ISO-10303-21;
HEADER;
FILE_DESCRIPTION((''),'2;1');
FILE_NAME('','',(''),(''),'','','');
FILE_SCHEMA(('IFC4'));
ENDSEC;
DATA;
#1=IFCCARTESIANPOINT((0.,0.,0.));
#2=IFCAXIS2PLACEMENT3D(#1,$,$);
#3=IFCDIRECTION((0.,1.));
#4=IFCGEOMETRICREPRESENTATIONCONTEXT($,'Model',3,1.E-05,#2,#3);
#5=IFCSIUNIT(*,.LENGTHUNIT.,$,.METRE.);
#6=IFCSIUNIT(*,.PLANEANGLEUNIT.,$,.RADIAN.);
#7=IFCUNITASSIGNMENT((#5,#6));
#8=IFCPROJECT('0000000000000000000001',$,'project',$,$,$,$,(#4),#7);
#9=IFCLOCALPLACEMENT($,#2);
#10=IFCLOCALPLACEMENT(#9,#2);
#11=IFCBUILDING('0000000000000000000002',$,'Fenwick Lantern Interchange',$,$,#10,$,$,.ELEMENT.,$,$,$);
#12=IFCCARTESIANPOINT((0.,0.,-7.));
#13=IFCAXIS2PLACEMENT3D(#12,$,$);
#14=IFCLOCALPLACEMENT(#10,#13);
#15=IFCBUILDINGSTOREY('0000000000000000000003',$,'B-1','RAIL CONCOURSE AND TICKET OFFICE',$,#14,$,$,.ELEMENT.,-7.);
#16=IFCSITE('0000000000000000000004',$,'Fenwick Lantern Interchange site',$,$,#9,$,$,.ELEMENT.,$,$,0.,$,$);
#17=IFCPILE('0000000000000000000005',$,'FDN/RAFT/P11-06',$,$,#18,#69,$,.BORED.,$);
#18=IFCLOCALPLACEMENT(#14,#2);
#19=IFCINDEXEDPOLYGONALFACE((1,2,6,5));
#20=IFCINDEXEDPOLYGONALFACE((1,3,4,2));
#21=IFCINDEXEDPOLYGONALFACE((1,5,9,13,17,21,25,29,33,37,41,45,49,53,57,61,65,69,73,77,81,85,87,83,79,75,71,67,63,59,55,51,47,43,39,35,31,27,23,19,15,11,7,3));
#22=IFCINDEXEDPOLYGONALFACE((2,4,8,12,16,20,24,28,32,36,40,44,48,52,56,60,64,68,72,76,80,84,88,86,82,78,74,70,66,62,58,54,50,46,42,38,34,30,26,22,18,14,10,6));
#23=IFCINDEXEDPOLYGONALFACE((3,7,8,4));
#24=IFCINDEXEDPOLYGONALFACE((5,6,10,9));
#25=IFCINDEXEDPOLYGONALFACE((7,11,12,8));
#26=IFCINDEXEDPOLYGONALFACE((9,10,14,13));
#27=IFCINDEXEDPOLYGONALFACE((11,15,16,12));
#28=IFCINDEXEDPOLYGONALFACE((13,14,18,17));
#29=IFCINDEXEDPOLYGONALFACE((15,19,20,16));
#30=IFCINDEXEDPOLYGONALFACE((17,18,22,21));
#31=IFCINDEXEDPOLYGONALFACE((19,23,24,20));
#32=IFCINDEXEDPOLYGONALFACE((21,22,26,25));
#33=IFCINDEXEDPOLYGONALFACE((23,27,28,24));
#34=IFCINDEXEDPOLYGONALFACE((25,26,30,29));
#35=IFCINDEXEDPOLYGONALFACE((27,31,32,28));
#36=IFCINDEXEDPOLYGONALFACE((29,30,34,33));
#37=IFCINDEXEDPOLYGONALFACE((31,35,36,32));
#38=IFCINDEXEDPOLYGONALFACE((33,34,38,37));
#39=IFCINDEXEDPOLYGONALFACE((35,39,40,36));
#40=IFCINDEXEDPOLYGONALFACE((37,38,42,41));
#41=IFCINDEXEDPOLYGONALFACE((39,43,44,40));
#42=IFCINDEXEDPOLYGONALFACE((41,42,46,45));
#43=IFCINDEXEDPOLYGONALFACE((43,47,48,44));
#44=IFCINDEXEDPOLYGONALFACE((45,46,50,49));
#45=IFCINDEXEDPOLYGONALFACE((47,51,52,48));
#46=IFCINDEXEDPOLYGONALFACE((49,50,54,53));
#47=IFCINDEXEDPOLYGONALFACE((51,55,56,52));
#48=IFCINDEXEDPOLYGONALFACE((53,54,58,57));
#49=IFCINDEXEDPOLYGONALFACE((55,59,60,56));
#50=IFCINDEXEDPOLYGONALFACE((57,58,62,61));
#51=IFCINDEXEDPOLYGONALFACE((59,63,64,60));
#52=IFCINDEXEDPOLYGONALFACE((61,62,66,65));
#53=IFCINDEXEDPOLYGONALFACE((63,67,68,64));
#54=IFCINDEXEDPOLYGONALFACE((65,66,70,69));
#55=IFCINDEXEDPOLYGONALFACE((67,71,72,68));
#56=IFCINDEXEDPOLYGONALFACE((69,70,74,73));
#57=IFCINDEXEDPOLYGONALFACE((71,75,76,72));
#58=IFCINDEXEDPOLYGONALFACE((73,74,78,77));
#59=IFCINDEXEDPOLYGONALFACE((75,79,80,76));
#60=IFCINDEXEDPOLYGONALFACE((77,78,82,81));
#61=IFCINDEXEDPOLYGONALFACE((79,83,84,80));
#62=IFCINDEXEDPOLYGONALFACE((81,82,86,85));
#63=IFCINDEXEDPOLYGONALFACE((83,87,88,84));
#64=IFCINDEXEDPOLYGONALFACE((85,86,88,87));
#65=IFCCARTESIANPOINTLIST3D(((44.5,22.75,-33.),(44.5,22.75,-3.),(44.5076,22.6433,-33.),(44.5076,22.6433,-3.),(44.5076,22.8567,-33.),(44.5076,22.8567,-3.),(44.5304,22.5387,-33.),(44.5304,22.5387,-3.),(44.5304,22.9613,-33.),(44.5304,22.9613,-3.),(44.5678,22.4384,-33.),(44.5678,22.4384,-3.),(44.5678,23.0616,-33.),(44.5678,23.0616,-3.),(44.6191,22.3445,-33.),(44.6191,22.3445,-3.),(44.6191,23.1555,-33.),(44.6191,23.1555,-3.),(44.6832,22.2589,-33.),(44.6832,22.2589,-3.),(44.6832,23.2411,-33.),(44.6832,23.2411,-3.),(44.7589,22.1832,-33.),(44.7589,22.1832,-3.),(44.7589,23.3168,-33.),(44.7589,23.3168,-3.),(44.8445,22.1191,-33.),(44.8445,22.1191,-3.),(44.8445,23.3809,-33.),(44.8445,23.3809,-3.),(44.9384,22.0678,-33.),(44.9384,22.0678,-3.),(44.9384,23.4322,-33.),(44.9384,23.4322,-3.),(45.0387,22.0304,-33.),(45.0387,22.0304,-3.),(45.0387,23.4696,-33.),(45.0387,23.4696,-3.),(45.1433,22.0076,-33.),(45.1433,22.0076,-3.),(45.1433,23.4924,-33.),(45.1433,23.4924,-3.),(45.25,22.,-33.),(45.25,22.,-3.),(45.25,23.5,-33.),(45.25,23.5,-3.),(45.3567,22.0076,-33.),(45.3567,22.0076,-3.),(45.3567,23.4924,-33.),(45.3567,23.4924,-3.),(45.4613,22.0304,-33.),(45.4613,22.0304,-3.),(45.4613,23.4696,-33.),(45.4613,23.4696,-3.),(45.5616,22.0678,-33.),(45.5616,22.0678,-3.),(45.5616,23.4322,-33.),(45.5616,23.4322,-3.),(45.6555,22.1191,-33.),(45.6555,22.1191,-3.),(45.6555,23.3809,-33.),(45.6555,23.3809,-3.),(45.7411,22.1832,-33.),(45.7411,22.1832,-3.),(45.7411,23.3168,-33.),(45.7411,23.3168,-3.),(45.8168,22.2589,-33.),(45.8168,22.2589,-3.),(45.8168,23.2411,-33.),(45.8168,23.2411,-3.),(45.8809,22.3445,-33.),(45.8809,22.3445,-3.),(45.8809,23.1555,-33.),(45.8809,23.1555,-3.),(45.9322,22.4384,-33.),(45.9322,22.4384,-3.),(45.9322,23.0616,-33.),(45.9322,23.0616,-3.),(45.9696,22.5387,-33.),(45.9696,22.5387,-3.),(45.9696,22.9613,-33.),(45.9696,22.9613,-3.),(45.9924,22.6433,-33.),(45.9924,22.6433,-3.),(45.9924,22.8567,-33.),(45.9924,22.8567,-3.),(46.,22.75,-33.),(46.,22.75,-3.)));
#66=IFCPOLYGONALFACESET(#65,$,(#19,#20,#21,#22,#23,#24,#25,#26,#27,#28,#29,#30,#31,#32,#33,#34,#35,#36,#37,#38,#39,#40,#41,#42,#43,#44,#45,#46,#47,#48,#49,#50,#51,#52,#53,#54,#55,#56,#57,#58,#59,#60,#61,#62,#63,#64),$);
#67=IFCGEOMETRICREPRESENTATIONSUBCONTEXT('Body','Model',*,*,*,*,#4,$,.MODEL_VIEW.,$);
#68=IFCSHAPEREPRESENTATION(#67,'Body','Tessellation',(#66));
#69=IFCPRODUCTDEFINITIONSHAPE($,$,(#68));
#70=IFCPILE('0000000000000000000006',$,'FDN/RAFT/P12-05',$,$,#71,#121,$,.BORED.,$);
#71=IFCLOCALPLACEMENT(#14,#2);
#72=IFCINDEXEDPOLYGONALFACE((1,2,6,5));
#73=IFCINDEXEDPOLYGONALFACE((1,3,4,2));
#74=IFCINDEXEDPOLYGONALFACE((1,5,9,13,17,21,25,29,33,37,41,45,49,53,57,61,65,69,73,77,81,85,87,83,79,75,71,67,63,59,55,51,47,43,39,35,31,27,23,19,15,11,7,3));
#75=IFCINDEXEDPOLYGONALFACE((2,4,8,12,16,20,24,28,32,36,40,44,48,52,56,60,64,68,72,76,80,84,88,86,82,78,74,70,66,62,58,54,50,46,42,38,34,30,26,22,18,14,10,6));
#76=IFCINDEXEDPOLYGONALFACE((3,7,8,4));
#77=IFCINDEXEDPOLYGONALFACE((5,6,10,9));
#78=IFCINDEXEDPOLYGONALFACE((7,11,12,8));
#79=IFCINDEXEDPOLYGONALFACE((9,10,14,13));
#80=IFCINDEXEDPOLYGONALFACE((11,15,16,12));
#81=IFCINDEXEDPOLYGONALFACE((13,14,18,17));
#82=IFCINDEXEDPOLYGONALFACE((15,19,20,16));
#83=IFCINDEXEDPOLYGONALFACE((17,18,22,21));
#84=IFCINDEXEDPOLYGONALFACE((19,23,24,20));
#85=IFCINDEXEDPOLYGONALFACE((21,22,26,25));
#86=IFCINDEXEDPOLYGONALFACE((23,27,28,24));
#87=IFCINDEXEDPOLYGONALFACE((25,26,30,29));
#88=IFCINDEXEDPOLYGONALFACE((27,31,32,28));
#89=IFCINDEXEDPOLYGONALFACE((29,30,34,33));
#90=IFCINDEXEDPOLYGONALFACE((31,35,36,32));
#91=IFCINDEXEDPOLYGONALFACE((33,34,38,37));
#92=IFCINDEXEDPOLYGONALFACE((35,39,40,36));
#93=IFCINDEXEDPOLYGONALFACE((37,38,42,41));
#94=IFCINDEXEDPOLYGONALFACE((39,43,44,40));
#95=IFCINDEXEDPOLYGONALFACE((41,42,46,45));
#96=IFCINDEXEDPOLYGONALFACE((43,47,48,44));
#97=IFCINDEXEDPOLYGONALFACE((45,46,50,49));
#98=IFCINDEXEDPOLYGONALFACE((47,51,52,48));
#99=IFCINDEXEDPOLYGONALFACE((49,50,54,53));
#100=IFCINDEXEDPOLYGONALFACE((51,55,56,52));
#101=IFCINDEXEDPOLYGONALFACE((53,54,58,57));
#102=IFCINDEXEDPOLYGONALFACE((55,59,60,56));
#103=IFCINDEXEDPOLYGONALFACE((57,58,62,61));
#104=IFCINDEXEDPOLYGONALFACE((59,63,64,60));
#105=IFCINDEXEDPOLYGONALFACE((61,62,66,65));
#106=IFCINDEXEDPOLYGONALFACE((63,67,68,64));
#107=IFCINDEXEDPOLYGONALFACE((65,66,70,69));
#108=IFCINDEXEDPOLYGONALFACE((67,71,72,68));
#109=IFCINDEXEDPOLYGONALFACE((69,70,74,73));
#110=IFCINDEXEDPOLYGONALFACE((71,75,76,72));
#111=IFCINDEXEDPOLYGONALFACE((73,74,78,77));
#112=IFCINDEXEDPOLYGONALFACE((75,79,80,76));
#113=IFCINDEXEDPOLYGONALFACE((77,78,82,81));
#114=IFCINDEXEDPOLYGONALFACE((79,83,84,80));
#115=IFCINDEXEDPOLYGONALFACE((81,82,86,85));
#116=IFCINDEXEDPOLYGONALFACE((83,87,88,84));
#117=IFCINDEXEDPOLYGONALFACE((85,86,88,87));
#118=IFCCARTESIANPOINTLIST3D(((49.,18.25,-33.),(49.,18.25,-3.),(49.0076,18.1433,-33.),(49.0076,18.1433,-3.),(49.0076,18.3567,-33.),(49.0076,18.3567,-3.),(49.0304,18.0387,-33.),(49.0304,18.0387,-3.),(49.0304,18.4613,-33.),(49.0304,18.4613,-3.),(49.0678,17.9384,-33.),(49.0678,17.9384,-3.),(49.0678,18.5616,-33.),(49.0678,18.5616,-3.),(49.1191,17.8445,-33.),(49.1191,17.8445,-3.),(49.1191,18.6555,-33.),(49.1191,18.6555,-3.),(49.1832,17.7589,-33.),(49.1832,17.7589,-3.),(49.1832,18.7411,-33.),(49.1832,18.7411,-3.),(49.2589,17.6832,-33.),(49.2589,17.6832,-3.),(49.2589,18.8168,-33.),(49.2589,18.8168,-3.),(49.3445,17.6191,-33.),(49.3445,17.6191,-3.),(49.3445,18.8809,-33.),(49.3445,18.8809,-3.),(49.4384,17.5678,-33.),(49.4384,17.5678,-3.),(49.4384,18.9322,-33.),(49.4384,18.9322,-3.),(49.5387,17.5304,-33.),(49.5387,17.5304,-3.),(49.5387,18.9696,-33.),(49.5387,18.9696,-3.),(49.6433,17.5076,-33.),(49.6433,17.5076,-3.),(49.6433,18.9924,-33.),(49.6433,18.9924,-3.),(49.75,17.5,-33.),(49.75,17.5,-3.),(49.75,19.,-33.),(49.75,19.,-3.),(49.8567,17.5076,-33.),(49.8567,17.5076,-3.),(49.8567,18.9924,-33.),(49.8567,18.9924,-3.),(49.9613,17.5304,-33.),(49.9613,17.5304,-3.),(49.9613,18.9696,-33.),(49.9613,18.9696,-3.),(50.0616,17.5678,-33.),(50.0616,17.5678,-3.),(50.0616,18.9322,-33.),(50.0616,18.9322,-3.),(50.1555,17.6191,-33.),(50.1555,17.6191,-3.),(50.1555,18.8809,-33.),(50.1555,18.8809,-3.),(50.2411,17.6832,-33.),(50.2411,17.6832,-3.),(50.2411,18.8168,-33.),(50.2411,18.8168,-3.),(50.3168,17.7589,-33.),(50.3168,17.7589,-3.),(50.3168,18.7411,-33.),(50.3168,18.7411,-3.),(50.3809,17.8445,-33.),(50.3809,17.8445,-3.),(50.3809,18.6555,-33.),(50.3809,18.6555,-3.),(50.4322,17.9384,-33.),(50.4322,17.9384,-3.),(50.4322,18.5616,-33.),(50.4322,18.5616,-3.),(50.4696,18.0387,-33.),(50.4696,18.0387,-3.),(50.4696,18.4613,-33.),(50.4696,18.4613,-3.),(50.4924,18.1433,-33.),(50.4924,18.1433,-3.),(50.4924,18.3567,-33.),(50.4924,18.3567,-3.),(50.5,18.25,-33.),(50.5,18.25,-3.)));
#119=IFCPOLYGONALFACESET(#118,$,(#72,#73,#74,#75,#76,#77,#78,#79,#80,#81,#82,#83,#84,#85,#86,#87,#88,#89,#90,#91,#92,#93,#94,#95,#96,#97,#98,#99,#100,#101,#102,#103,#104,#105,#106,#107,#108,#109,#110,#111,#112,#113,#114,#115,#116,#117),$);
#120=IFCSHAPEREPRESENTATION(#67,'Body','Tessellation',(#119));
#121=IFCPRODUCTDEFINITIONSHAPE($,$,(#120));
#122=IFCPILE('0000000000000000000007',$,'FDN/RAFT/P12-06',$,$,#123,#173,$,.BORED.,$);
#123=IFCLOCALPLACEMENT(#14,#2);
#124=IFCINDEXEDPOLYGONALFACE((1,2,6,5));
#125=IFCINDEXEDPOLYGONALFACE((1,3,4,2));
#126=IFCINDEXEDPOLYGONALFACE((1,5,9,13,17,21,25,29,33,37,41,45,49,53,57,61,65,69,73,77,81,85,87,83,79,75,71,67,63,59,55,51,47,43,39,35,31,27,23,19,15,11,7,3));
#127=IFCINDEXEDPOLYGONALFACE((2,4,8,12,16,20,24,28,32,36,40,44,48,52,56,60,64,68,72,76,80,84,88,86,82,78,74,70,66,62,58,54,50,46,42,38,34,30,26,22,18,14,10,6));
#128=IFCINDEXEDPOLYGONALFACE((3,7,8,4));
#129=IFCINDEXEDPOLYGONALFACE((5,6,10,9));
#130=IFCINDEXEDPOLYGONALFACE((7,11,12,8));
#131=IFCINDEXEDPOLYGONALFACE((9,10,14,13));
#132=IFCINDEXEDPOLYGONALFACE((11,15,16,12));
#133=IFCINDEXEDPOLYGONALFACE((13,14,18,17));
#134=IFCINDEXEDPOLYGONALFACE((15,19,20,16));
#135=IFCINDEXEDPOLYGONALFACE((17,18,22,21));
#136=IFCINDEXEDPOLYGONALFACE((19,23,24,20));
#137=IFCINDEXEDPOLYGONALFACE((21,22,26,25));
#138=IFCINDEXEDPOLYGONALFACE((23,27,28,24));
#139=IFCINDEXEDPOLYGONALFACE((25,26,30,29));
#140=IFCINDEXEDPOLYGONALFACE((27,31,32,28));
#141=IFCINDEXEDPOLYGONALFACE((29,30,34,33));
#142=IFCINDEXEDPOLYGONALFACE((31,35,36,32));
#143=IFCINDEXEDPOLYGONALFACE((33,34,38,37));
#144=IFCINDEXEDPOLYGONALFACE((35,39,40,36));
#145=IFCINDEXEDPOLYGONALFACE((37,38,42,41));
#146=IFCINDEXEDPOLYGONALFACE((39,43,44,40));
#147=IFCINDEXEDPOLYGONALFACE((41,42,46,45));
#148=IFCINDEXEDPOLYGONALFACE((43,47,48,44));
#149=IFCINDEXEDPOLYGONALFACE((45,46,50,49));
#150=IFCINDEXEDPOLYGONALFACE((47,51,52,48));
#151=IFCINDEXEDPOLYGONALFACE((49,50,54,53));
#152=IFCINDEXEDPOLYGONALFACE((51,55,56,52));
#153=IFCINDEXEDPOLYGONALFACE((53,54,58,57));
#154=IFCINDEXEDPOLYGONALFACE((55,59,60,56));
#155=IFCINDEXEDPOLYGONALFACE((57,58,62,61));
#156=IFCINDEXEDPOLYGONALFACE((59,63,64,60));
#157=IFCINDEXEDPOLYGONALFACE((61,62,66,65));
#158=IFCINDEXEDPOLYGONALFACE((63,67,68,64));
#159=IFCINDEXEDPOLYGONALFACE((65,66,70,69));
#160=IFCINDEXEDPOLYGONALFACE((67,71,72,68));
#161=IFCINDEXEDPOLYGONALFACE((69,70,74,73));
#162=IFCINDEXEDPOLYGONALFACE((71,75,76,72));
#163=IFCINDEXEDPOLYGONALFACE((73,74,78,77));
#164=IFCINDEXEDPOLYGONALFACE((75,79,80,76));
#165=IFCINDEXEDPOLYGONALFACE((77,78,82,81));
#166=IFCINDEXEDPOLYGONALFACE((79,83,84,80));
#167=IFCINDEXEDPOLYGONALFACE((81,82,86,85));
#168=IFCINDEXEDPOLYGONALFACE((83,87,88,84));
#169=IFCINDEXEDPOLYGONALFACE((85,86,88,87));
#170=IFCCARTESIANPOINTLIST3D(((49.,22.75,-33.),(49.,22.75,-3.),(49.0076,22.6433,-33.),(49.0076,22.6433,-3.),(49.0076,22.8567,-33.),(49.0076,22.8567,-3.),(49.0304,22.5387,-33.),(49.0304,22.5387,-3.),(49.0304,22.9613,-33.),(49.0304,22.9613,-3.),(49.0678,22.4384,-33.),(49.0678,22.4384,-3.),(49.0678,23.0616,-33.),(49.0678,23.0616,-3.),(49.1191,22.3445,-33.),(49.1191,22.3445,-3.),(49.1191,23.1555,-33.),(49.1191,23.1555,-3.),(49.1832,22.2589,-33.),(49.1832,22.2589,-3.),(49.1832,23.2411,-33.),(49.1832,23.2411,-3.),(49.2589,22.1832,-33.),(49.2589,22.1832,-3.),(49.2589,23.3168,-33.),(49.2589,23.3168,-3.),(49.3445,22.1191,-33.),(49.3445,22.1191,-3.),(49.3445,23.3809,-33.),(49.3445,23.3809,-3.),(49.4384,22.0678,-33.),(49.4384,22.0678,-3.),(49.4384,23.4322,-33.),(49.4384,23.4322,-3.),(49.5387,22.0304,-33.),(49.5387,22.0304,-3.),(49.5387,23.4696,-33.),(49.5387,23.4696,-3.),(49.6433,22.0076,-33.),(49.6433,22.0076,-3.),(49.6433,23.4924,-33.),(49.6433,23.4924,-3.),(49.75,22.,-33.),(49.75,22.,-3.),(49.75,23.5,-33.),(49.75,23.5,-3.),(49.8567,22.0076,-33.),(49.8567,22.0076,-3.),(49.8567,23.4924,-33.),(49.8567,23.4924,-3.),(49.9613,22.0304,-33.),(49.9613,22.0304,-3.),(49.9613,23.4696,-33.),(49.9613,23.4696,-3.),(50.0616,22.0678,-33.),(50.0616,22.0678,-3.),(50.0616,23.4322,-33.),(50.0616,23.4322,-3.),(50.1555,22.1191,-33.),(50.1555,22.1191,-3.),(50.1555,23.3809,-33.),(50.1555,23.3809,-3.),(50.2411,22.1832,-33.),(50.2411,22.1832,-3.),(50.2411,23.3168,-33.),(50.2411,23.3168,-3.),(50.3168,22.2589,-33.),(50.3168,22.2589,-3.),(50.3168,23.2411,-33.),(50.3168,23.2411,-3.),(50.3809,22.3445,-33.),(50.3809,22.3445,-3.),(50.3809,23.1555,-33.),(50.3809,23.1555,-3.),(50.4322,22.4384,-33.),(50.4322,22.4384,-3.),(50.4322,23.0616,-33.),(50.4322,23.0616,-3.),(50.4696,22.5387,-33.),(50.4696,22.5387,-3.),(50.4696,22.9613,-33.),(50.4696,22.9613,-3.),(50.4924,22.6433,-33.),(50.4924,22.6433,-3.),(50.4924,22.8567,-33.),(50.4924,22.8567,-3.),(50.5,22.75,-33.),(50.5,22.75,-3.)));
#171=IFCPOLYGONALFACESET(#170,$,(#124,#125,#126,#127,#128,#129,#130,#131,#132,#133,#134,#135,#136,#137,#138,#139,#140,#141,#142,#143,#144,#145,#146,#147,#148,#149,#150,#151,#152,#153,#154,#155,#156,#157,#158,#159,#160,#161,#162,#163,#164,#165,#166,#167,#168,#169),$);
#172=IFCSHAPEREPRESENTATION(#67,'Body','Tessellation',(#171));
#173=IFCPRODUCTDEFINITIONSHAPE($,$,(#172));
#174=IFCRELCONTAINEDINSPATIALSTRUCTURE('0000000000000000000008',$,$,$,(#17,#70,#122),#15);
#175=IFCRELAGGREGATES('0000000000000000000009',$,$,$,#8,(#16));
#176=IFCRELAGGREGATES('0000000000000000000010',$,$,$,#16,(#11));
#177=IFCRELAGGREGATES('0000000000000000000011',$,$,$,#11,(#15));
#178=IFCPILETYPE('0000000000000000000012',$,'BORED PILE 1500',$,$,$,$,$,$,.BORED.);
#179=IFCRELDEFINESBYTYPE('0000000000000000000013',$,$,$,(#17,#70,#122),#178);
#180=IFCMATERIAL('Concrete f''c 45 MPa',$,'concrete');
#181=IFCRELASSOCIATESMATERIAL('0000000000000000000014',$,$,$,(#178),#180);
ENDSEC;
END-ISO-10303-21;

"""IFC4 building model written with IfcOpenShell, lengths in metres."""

from ifc_helpers import new_model, si_unit, direction, frame, origin, origin_2d, place, context, subcontext, project, spatial, circle, extrude, material, type_object, element, save


model = new_model("IFC4")

# Units and contexts
model_context = context("Model", 3, precision=1e-05, world=origin(), true_north=direction((0.0, 1.0)))
body_context = subcontext(model_context, "Body", "Model", "MODEL_VIEW")
ifc_project = project(units=[si_unit("LENGTHUNIT", "METRE"), si_unit("PLANEANGLEUNIT", "RADIAN")], contexts=[model_context])

# Site, building, storey
site_placement = place(None, origin())
site = spatial("IfcSite", under=ifc_project, at=site_placement, Name="Fenwick Lantern Interchange site", CompositionType="ELEMENT", RefElevation=0.0)
building_placement = place(site_placement, origin())
building = spatial("IfcBuilding", under=site, at=building_placement, Name="Fenwick Lantern Interchange", CompositionType="ELEMENT")
storey_placement = place(building_placement, frame((0.0, 0.0, -7.0)))
storey = spatial("IfcBuildingStorey", under=building, at=storey_placement, Name="B-1", Description="RAIL CONCOURSE AND TICKET OFFICE", CompositionType="ELEMENT", Elevation=-7.0)

# Piles
ifc_material_1 = material(Name="Concrete f'c 45 MPa", Category="concrete")
pile_type_1 = type_object("IfcPileType", Name="BORED PILE 1500", PredefinedType="BORED", material=ifc_material_1)
for number, where, z_axis, x_axis, name in (
    (1, (45.25, 22.75, -3.0), (0.0, 0.0, -1.0), (1.0, 0.0, 0.0), "FDN/RAFT/P11-06"),
    (2, (49.75, 18.25, -3.0), (0.0, 0.0, -1.0), (1.0, 0.0, 0.0), "FDN/RAFT/P12-05"),
    (3, (49.75, 22.75, -3.0), (0.0, 0.0, -1.0), (1.0, 0.0, 0.0), "FDN/RAFT/P12-06"),
):
    element("IfcPile", number, at=place(storey_placement, frame(where, z_axis=z_axis, x_axis=x_axis)), inside=storey, type_object=pile_type_1, Name=name, PredefinedType="BORED", context=body_context, shape_type="SweptSolid", body=[
        extrude(circle(Radius=0.75, at=origin_2d()), origin(), (0.0, 0.0, 1.0), 30.0),
    ])

save(model, "model.ifc")
